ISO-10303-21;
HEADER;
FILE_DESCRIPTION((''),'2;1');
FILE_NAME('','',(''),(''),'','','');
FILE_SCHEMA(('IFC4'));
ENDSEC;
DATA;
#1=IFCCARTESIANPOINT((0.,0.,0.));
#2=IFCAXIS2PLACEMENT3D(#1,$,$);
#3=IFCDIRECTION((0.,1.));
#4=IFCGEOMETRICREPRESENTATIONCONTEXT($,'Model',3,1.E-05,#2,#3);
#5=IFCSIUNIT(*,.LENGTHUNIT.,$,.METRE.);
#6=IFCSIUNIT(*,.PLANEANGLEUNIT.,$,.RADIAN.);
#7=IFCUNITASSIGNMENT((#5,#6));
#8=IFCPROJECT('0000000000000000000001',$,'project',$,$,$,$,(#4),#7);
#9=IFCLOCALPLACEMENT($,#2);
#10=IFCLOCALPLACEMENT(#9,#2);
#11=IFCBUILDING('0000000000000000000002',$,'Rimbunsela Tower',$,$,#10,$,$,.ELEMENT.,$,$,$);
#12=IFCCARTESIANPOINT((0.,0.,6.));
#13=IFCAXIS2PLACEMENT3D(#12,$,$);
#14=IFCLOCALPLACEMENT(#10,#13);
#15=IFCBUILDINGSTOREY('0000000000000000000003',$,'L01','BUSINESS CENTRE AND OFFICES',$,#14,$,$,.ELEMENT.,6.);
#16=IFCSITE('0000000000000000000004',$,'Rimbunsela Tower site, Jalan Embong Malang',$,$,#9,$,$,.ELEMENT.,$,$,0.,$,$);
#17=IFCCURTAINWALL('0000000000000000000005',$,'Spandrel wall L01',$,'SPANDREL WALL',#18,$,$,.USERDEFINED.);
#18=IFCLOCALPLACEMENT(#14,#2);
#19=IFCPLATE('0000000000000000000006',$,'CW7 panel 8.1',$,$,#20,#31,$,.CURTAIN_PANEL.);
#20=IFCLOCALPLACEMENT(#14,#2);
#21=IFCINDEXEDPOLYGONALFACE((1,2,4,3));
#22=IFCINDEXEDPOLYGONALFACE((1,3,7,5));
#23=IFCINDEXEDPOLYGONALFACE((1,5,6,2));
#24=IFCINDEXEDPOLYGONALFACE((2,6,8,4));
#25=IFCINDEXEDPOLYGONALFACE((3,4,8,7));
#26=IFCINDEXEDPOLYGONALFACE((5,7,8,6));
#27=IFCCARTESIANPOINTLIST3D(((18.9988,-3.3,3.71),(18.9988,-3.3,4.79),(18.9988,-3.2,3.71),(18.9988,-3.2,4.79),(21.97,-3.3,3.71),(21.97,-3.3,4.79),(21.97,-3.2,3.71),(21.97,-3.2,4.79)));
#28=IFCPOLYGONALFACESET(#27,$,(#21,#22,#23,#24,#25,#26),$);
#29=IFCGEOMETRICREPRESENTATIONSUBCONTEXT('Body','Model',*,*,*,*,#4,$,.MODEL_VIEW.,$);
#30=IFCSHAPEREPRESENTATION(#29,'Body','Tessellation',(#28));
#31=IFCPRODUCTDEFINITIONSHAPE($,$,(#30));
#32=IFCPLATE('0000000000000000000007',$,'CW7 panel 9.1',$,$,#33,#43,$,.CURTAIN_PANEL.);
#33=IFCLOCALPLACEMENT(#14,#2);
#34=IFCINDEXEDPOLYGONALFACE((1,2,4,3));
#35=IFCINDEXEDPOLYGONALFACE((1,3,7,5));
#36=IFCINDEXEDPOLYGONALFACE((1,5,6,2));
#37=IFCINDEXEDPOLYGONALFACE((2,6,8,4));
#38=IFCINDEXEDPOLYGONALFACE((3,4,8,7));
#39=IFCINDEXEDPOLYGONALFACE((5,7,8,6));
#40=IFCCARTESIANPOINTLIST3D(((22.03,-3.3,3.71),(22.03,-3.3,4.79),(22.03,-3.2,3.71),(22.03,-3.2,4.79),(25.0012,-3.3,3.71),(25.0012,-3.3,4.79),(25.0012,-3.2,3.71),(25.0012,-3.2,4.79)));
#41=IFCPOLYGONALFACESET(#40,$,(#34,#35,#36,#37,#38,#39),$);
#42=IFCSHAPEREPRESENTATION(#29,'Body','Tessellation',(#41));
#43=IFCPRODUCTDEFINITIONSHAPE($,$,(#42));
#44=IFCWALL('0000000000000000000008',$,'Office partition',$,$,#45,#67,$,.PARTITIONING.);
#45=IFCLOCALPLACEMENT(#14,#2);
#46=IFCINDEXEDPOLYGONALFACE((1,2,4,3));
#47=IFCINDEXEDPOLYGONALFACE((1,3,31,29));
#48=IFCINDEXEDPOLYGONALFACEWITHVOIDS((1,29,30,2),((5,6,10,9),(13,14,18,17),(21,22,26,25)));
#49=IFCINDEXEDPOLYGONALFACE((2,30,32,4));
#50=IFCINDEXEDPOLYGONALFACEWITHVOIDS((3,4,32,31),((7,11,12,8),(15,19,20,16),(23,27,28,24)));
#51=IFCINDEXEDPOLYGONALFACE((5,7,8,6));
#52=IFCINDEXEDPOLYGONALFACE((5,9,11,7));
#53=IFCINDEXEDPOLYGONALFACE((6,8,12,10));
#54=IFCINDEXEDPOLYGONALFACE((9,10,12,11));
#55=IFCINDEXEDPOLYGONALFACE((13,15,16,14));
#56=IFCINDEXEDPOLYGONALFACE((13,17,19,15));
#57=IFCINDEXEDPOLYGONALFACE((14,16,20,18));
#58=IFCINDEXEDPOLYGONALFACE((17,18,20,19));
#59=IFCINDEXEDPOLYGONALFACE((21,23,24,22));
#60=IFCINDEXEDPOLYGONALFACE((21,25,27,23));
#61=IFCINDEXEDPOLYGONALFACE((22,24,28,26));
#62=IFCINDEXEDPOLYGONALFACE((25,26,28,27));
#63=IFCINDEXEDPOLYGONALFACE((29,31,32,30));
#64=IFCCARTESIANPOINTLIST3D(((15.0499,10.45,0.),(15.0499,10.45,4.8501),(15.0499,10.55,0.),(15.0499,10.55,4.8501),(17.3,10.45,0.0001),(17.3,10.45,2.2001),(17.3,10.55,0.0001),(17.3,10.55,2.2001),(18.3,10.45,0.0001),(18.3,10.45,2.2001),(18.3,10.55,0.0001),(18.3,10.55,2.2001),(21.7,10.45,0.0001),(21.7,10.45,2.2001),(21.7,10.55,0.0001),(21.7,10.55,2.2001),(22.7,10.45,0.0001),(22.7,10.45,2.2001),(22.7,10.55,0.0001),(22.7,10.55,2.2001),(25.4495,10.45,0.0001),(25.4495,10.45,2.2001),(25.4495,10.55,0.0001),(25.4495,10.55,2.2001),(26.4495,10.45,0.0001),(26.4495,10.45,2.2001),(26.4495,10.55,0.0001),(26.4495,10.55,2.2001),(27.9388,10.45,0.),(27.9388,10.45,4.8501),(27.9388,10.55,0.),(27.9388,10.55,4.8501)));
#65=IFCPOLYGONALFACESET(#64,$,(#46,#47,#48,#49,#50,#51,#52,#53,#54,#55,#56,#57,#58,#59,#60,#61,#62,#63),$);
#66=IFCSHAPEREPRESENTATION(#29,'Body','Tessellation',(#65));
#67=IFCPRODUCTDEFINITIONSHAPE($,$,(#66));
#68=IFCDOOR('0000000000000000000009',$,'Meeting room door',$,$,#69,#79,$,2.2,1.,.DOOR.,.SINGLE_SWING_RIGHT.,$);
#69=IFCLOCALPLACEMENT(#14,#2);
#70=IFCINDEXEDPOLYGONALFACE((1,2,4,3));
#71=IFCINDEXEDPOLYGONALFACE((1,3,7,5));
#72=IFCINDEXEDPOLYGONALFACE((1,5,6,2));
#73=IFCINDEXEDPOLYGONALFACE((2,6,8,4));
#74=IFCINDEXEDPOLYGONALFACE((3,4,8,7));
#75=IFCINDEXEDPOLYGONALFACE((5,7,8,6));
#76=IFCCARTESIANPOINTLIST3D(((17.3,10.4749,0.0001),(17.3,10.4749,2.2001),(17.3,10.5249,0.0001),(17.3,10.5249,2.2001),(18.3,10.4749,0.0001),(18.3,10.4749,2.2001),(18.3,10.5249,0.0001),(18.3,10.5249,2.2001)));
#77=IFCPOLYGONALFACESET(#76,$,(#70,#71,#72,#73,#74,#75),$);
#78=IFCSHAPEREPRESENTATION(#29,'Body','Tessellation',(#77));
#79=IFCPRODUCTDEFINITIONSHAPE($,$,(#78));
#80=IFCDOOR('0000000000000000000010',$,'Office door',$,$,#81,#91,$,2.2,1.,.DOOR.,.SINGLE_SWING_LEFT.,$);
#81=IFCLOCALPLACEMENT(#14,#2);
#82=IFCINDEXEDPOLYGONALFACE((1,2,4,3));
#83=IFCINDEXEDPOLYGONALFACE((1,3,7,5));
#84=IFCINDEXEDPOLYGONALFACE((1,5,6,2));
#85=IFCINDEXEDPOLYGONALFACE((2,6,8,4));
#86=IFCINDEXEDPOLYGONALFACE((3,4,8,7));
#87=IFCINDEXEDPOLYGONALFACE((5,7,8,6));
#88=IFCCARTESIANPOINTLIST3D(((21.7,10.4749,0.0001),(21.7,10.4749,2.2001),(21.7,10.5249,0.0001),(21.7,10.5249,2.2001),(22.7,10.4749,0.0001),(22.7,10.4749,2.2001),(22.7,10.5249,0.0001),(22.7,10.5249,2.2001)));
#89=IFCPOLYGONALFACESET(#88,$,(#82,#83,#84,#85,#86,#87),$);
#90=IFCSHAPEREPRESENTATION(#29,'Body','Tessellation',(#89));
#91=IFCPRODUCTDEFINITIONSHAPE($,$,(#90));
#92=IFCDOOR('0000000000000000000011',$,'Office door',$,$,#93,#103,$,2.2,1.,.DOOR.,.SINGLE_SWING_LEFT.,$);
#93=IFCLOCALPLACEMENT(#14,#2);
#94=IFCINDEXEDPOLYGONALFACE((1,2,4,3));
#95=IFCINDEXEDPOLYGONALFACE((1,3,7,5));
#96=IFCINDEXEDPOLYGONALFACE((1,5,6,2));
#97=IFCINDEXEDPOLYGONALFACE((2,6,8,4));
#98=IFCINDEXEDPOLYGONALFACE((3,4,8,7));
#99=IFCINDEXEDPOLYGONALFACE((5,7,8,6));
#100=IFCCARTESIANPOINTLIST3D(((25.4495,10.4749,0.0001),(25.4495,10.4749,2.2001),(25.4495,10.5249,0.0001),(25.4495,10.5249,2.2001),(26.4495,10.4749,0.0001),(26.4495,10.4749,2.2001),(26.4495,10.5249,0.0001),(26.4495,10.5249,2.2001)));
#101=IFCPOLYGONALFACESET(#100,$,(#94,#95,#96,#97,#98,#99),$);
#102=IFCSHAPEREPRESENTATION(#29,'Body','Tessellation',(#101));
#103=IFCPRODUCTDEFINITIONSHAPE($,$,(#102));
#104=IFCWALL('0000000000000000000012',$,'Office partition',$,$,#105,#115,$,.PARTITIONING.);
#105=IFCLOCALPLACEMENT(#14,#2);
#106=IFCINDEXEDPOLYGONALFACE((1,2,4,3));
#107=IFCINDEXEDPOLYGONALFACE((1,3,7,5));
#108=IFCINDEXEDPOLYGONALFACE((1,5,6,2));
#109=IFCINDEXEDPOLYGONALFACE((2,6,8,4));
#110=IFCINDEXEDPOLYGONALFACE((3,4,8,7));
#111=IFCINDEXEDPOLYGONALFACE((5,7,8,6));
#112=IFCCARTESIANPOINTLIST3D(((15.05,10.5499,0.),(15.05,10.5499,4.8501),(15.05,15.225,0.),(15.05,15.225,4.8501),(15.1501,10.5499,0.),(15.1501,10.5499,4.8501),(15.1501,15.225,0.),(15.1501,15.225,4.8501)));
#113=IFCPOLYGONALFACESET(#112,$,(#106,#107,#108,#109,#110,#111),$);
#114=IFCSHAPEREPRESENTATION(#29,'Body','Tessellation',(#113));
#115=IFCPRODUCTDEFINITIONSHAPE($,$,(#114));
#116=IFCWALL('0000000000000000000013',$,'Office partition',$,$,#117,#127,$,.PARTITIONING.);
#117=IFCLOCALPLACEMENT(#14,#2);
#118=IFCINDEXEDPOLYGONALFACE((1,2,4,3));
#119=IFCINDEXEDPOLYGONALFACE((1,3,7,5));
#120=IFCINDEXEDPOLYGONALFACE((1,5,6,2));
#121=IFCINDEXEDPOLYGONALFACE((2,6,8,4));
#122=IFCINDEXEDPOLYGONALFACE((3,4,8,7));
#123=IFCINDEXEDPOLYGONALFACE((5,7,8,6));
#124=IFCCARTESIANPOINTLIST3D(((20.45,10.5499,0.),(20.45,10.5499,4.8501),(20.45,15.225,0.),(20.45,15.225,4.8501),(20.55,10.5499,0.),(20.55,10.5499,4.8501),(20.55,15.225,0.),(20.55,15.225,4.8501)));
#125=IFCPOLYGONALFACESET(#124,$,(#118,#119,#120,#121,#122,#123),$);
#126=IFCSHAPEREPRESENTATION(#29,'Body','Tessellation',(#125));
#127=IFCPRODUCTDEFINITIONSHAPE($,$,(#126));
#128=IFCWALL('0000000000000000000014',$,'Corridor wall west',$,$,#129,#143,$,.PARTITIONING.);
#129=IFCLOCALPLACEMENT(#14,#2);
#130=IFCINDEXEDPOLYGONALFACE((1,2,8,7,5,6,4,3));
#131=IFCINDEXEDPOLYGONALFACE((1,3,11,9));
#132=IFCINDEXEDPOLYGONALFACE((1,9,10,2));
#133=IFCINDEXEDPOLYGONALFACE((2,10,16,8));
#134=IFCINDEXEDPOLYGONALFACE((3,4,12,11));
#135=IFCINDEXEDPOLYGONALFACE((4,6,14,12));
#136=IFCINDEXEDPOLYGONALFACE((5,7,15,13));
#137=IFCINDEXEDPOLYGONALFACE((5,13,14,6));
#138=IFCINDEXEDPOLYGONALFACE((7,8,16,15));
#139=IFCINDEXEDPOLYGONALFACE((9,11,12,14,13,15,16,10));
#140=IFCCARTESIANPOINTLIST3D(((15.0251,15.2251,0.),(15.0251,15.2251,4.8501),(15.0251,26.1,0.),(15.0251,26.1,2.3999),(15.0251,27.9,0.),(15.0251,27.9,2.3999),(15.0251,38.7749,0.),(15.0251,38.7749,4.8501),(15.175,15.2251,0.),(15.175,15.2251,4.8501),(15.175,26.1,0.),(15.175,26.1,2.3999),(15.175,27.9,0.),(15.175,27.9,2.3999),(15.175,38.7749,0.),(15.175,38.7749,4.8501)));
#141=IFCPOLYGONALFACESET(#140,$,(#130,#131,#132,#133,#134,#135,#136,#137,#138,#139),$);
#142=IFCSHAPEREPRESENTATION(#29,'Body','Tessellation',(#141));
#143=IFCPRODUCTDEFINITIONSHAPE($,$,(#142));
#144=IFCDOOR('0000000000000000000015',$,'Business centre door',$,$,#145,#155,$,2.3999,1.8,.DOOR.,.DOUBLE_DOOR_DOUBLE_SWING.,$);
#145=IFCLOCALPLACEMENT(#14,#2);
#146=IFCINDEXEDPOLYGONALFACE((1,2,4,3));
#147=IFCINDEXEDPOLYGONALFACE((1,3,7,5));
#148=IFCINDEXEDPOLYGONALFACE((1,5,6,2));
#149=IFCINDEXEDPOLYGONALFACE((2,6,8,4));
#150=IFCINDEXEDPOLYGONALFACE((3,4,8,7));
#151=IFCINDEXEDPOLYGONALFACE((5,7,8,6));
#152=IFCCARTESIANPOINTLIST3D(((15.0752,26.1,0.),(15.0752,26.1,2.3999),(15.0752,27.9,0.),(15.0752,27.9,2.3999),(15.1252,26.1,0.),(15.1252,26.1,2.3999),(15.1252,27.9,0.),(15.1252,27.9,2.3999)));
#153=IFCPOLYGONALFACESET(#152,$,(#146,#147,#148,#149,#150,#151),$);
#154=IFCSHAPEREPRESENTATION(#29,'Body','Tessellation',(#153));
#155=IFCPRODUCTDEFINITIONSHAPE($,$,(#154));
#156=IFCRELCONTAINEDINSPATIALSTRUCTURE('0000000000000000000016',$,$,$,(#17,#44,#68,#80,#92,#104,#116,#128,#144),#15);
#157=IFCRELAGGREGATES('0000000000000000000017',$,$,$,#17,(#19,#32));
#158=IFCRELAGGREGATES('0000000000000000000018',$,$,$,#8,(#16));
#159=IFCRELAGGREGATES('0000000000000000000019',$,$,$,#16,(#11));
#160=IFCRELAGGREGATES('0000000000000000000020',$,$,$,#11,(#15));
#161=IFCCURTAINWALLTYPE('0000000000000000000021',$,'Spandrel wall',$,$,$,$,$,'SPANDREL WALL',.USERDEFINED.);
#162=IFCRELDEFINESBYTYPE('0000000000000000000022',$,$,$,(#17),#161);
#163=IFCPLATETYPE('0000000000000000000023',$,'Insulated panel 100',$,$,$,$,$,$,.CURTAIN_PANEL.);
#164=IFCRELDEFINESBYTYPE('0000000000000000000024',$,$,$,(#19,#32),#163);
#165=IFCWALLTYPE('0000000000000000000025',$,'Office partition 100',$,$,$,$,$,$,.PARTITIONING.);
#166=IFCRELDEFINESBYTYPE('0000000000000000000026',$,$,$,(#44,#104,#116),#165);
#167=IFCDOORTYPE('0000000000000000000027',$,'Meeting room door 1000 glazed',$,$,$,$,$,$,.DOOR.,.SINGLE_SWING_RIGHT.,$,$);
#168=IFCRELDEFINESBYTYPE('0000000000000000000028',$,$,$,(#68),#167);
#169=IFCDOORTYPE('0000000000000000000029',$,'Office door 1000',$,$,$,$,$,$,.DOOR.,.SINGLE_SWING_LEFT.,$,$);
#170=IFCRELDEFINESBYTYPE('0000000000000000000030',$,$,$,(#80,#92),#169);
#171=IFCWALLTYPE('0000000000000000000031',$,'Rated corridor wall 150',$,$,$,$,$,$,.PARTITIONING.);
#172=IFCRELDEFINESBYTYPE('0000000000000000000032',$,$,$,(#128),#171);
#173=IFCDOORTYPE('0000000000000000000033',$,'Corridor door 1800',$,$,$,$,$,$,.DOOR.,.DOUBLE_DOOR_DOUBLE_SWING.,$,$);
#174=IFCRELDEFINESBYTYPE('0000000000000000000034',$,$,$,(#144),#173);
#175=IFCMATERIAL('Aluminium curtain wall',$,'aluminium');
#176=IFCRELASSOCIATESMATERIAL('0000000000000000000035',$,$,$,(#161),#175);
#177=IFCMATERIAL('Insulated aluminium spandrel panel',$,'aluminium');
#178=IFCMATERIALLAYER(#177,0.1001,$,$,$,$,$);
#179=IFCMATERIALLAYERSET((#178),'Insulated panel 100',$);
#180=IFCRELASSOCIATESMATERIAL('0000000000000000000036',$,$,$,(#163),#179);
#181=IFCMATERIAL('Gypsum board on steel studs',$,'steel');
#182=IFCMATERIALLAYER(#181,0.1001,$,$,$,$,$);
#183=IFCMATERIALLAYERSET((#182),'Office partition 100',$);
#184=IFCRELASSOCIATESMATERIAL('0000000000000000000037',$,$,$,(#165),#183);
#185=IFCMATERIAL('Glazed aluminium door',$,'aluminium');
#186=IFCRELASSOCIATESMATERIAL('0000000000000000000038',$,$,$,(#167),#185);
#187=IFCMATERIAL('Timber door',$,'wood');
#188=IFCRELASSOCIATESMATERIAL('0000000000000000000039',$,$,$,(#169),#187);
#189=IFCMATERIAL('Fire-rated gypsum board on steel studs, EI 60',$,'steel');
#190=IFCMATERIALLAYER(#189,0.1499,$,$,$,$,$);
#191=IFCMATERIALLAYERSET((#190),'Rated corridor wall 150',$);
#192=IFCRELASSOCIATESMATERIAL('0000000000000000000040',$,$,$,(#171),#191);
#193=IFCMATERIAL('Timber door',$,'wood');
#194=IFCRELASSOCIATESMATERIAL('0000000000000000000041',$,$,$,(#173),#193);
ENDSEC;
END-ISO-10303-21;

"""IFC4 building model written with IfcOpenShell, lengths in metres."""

from ifc_helpers import new_model, si_unit, direction, frame, frame_2d, origin, origin_2d, place, context, subcontext, project, spatial, rectangle, extrude, material, layer, layer_set, type_object, element, fill, aggregate, save


model = new_model("IFC4")

# Units and contexts
model_context = context("Model", 3, precision=1e-05, world=origin(), true_north=direction((0.0, 1.0)))
body_context = subcontext(model_context, "Body", "Model", "MODEL_VIEW")
ifc_project = project(units=[si_unit("LENGTHUNIT", "METRE"), si_unit("PLANEANGLEUNIT", "RADIAN")], contexts=[model_context])

# Site, building, storey
site_placement = place(None, origin())
site = spatial("IfcSite", under=ifc_project, at=site_placement, Name="Rimbunsela Tower site, Jalan Embong Malang", CompositionType="ELEMENT", RefElevation=0.0)
building_placement = place(site_placement, origin())
building = spatial("IfcBuilding", under=site, at=building_placement, Name="Rimbunsela Tower", CompositionType="ELEMENT")
storey_placement = place(building_placement, frame((0.0, 0.0, 6.0)))
storey = spatial("IfcBuildingStorey", under=building, at=storey_placement, Name="L01", Description="BUSINESS CENTRE AND OFFICES", CompositionType="ELEMENT", Elevation=6.0)

# Curtain wall
ifc_material_1 = material(Name="Aluminium curtain wall", Category="aluminium")
curtain_wall_type_1 = type_object("IfcCurtainWallType", Name="Spandrel wall", ElementType="SPANDREL WALL", PredefinedType="USERDEFINED", material=ifc_material_1)
curtain_wall_1_placement = place(storey_placement, origin())
curtain_wall_1 = element("IfcCurtainWall", 1, at=curtain_wall_1_placement, inside=storey, type_object=curtain_wall_type_1, Name="Spandrel wall L01", ObjectType="SPANDREL WALL", PredefinedType="USERDEFINED")

# Plates
ifc_material_2 = material(Name="Insulated aluminium spandrel panel", Category="aluminium")
ifc_layer_1 = layer(ifc_material_2, 0.1001)
ifc_layer_set_1 = layer_set([ifc_layer_1], Name="Insulated panel 100")
plate_type_1 = type_object("IfcPlateType", Name="Insulated panel 100", PredefinedType="CURTAIN_PANEL", material=ifc_layer_set_1)
plate_1_placement = place(storey_placement, frame((20.4844, -3.25, 3.71), z_axis=(0.0, 0.0, 1.0), x_axis=(1.0, 0.0, 0.0)))
plate_1 = element("IfcPlate", 2, at=plate_1_placement, type_object=plate_type_1, Name="CW7 panel 8.1", PredefinedType="CURTAIN_PANEL", context=body_context, shape_type="SweptSolid", body=[
    extrude(rectangle(XDim=2.9712, YDim=0.1001, at=origin_2d()), origin(), (0.0, 0.0, 1.0), 1.0801),
])
plate_2_placement = place(storey_placement, frame((23.5156, -3.25, 3.71), z_axis=(0.0, 0.0, 1.0), x_axis=(1.0, 0.0, 0.0)))
plate_2 = element("IfcPlate", 3, at=plate_2_placement, type_object=plate_type_1, Name="CW7 panel 9.1", PredefinedType="CURTAIN_PANEL", context=body_context, shape_type="SweptSolid", body=[
    extrude(rectangle(XDim=2.9712, YDim=0.1001, at=origin_2d()), origin(), (0.0, 0.0, 1.0), 1.0801),
])
aggregate(curtain_wall_1, [plate_1, plate_2])

# Wall, openings, doors
ifc_material_3 = material(Name="Gypsum board on steel studs", Category="steel")
ifc_layer_2 = layer(ifc_material_3, 0.1001)
ifc_layer_set_2 = layer_set([ifc_layer_2], Name="Office partition 100")
wall_type_1 = type_object("IfcWallType", Name="Office partition 100", PredefinedType="PARTITIONING", material=ifc_layer_set_2)
wall_1_placement = place(storey_placement, frame((15.05, 10.5, 0.0), z_axis=(0.0, 0.0, 1.0), x_axis=(1.0, 0.0, 0.0)))
wall_1 = element("IfcWall", 4, at=wall_1_placement, inside=storey, type_object=wall_type_1, Name="Office partition", PredefinedType="PARTITIONING", context=body_context, shape_type="SweptSolid", body=[
    extrude(rectangle(XDim=12.8889, YDim=0.1001, at=frame_2d((6.4443, 0.0))), origin(), (0.0, 0.0, 1.0), 4.8501),
])
opening_1_placement = place(wall_1_placement, frame((2.25, 0.0, 0.0)))
opening_1 = element("IfcOpeningElement", 5, at=opening_1_placement, cuts=wall_1, PredefinedType="OPENING", context=body_context, shape_type="SweptSolid", body=[
    extrude(rectangle(XDim=1.0, YDim=2.2, at=frame_2d((0.5, 1.1001))), frame((0.0, 0.0601, 0.0), z_axis=(0.0, -1.0, 0.0), x_axis=(1.0, 0.0, 0.0)), (0.0, 0.0, 1.0), 0.1201),
])
opening_2_placement = place(wall_1_placement, frame((6.6499, 0.0, 0.0)))
opening_2 = element("IfcOpeningElement", 6, at=opening_2_placement, cuts=wall_1, PredefinedType="OPENING", context=body_context, shape_type="SweptSolid", body=[
    extrude(rectangle(XDim=1.0, YDim=2.2, at=frame_2d((0.5, 1.1001))), frame((0.0, 0.0601, 0.0), z_axis=(0.0, -1.0, 0.0), x_axis=(1.0, 0.0, 0.0)), (0.0, 0.0, 1.0), 0.1201),
])
opening_3_placement = place(wall_1_placement, frame((10.3994, 0.0, 0.0)))
opening_3 = element("IfcOpeningElement", 7, at=opening_3_placement, cuts=wall_1, PredefinedType="OPENING", context=body_context, shape_type="SweptSolid", body=[
    extrude(rectangle(XDim=1.0, YDim=2.2, at=frame_2d((0.5, 1.1001))), frame((0.0, 0.0601, 0.0), z_axis=(0.0, -1.0, 0.0), x_axis=(1.0, 0.0, 0.0)), (0.0, 0.0, 1.0), 0.1201),
])
ifc_material_4 = material(Name="Glazed aluminium door", Category="aluminium")
door_type_1 = type_object("IfcDoorType", Name="Meeting room door 1000 glazed", OperationType="SINGLE_SWING_RIGHT", PredefinedType="DOOR", material=ifc_material_4)
door_1_placement = place(opening_1_placement, origin())
door_1 = element("IfcDoor", 8, at=door_1_placement, inside=storey, type_object=door_type_1, Name="Meeting room door", OperationType="SINGLE_SWING_RIGHT", OverallHeight=2.2, OverallWidth=1.0, PredefinedType="DOOR", context=body_context, shape_type="SweptSolid", body=[
    extrude(rectangle(XDim=1.0, YDim=2.2, at=frame_2d((0.5, 1.1001))), frame((0.0, 0.0249, 0.0), z_axis=(0.0, -1.0, 0.0), x_axis=(1.0, 0.0, 0.0)), (0.0, 0.0, 1.0), 0.05),
])
fill(opening_1, door_1)
ifc_material_5 = material(Name="Timber door", Category="wood")
door_type_2 = type_object("IfcDoorType", Name="Office door 1000", OperationType="SINGLE_SWING_LEFT", PredefinedType="DOOR", material=ifc_material_5)
door_2_placement = place(opening_2_placement, origin())
door_2 = element("IfcDoor", 9, at=door_2_placement, inside=storey, type_object=door_type_2, Name="Office door", OperationType="SINGLE_SWING_LEFT", OverallHeight=2.2, OverallWidth=1.0, PredefinedType="DOOR", context=body_context, shape_type="SweptSolid", body=[
    extrude(rectangle(XDim=1.0, YDim=2.2, at=frame_2d((0.5, 1.1001))), frame((0.0, 0.0249, 0.0), z_axis=(0.0, -1.0, 0.0), x_axis=(1.0, 0.0, 0.0)), (0.0, 0.0, 1.0), 0.05),
])
fill(opening_2, door_2)
door_3_placement = place(opening_3_placement, origin())
door_3 = element("IfcDoor", 10, at=door_3_placement, inside=storey, type_object=door_type_2, Name="Office door", OperationType="SINGLE_SWING_LEFT", OverallHeight=2.2, OverallWidth=1.0, PredefinedType="DOOR", context=body_context, shape_type="SweptSolid", body=[
    extrude(rectangle(XDim=1.0, YDim=2.2, at=frame_2d((0.5, 1.1001))), frame((0.0, 0.0249, 0.0), z_axis=(0.0, -1.0, 0.0), x_axis=(1.0, 0.0, 0.0)), (0.0, 0.0, 1.0), 0.05),
])
fill(opening_3, door_3)

# Walls
for number, where, z_axis, x_axis, name in (
    (11, (15.1001, 10.55, 0.0), (0.0, 0.0, 1.0), (0.0, 1.0, 0.0), "Office partition"),
    (12, (20.5, 10.55, 0.0), (0.0, 0.0, 1.0), (0.0, 1.0, 0.0), "Office partition"),
):
    element("IfcWall", number, at=place(storey_placement, frame(where, z_axis=z_axis, x_axis=x_axis)), inside=storey, type_object=wall_type_1, Name=name, PredefinedType="PARTITIONING", context=body_context, shape_type="SweptSolid", body=[
        extrude(rectangle(XDim=4.675, YDim=0.1001, at=frame_2d((2.3374, 0.0))), origin(), (0.0, 0.0, 1.0), 4.8501),
    ])

# Wall, opening, door
ifc_material_6 = material(Name="Fire-rated gypsum board on steel studs, EI 60", Category="steel")
ifc_layer_3 = layer(ifc_material_6, 0.1499)
ifc_layer_set_3 = layer_set([ifc_layer_3], Name="Rated corridor wall 150")
wall_type_2 = type_object("IfcWallType", Name="Rated corridor wall 150", PredefinedType="PARTITIONING", material=ifc_layer_set_3)
wall_2_placement = place(storey_placement, frame((15.1001, 15.2251, 0.0), z_axis=(0.0, 0.0, 1.0), x_axis=(0.0, 1.0, 0.0)))
wall_2 = element("IfcWall", 13, at=wall_2_placement, inside=storey, type_object=wall_type_2, Name="Corridor wall west", PredefinedType="PARTITIONING", context=body_context, shape_type="SweptSolid", body=[
    extrude(rectangle(XDim=23.5498, YDim=0.1499, at=frame_2d((11.7749, 0.0))), origin(), (0.0, 0.0, 1.0), 4.8501),
])
opening_4_placement = place(wall_2_placement, frame((10.875, 0.0, 0.0)))
opening_4 = element("IfcOpeningElement", 14, at=opening_4_placement, cuts=wall_2, PredefinedType="OPENING", context=body_context, shape_type="SweptSolid", body=[
    extrude(rectangle(XDim=1.8, YDim=2.3999, at=frame_2d((0.8999, 1.2))), frame((0.0, 0.085, 0.0), z_axis=(0.0, -1.0, 0.0), x_axis=(1.0, 0.0, 0.0)), (0.0, 0.0, 1.0), 0.1699),
])
ifc_material_7 = material(Name="Timber door", Category="wood")
door_type_3 = type_object("IfcDoorType", Name="Corridor door 1800", OperationType="DOUBLE_DOOR_DOUBLE_SWING", PredefinedType="DOOR", material=ifc_material_7)
door_4_placement = place(opening_4_placement, origin())
door_4 = element("IfcDoor", 15, at=door_4_placement, inside=storey, type_object=door_type_3, Name="Business centre door", OperationType="DOUBLE_DOOR_DOUBLE_SWING", OverallHeight=2.3999, OverallWidth=1.8, PredefinedType="DOOR", context=body_context, shape_type="SweptSolid", body=[
    extrude(rectangle(XDim=1.8, YDim=2.3999, at=frame_2d((0.8999, 1.2))), frame((0.0, 0.0249, 0.0), z_axis=(0.0, -1.0, 0.0), x_axis=(1.0, 0.0, 0.0)), (0.0, 0.0, 1.0), 0.05),
])
fill(opening_4, door_4)

save(model, "model.ifc")
